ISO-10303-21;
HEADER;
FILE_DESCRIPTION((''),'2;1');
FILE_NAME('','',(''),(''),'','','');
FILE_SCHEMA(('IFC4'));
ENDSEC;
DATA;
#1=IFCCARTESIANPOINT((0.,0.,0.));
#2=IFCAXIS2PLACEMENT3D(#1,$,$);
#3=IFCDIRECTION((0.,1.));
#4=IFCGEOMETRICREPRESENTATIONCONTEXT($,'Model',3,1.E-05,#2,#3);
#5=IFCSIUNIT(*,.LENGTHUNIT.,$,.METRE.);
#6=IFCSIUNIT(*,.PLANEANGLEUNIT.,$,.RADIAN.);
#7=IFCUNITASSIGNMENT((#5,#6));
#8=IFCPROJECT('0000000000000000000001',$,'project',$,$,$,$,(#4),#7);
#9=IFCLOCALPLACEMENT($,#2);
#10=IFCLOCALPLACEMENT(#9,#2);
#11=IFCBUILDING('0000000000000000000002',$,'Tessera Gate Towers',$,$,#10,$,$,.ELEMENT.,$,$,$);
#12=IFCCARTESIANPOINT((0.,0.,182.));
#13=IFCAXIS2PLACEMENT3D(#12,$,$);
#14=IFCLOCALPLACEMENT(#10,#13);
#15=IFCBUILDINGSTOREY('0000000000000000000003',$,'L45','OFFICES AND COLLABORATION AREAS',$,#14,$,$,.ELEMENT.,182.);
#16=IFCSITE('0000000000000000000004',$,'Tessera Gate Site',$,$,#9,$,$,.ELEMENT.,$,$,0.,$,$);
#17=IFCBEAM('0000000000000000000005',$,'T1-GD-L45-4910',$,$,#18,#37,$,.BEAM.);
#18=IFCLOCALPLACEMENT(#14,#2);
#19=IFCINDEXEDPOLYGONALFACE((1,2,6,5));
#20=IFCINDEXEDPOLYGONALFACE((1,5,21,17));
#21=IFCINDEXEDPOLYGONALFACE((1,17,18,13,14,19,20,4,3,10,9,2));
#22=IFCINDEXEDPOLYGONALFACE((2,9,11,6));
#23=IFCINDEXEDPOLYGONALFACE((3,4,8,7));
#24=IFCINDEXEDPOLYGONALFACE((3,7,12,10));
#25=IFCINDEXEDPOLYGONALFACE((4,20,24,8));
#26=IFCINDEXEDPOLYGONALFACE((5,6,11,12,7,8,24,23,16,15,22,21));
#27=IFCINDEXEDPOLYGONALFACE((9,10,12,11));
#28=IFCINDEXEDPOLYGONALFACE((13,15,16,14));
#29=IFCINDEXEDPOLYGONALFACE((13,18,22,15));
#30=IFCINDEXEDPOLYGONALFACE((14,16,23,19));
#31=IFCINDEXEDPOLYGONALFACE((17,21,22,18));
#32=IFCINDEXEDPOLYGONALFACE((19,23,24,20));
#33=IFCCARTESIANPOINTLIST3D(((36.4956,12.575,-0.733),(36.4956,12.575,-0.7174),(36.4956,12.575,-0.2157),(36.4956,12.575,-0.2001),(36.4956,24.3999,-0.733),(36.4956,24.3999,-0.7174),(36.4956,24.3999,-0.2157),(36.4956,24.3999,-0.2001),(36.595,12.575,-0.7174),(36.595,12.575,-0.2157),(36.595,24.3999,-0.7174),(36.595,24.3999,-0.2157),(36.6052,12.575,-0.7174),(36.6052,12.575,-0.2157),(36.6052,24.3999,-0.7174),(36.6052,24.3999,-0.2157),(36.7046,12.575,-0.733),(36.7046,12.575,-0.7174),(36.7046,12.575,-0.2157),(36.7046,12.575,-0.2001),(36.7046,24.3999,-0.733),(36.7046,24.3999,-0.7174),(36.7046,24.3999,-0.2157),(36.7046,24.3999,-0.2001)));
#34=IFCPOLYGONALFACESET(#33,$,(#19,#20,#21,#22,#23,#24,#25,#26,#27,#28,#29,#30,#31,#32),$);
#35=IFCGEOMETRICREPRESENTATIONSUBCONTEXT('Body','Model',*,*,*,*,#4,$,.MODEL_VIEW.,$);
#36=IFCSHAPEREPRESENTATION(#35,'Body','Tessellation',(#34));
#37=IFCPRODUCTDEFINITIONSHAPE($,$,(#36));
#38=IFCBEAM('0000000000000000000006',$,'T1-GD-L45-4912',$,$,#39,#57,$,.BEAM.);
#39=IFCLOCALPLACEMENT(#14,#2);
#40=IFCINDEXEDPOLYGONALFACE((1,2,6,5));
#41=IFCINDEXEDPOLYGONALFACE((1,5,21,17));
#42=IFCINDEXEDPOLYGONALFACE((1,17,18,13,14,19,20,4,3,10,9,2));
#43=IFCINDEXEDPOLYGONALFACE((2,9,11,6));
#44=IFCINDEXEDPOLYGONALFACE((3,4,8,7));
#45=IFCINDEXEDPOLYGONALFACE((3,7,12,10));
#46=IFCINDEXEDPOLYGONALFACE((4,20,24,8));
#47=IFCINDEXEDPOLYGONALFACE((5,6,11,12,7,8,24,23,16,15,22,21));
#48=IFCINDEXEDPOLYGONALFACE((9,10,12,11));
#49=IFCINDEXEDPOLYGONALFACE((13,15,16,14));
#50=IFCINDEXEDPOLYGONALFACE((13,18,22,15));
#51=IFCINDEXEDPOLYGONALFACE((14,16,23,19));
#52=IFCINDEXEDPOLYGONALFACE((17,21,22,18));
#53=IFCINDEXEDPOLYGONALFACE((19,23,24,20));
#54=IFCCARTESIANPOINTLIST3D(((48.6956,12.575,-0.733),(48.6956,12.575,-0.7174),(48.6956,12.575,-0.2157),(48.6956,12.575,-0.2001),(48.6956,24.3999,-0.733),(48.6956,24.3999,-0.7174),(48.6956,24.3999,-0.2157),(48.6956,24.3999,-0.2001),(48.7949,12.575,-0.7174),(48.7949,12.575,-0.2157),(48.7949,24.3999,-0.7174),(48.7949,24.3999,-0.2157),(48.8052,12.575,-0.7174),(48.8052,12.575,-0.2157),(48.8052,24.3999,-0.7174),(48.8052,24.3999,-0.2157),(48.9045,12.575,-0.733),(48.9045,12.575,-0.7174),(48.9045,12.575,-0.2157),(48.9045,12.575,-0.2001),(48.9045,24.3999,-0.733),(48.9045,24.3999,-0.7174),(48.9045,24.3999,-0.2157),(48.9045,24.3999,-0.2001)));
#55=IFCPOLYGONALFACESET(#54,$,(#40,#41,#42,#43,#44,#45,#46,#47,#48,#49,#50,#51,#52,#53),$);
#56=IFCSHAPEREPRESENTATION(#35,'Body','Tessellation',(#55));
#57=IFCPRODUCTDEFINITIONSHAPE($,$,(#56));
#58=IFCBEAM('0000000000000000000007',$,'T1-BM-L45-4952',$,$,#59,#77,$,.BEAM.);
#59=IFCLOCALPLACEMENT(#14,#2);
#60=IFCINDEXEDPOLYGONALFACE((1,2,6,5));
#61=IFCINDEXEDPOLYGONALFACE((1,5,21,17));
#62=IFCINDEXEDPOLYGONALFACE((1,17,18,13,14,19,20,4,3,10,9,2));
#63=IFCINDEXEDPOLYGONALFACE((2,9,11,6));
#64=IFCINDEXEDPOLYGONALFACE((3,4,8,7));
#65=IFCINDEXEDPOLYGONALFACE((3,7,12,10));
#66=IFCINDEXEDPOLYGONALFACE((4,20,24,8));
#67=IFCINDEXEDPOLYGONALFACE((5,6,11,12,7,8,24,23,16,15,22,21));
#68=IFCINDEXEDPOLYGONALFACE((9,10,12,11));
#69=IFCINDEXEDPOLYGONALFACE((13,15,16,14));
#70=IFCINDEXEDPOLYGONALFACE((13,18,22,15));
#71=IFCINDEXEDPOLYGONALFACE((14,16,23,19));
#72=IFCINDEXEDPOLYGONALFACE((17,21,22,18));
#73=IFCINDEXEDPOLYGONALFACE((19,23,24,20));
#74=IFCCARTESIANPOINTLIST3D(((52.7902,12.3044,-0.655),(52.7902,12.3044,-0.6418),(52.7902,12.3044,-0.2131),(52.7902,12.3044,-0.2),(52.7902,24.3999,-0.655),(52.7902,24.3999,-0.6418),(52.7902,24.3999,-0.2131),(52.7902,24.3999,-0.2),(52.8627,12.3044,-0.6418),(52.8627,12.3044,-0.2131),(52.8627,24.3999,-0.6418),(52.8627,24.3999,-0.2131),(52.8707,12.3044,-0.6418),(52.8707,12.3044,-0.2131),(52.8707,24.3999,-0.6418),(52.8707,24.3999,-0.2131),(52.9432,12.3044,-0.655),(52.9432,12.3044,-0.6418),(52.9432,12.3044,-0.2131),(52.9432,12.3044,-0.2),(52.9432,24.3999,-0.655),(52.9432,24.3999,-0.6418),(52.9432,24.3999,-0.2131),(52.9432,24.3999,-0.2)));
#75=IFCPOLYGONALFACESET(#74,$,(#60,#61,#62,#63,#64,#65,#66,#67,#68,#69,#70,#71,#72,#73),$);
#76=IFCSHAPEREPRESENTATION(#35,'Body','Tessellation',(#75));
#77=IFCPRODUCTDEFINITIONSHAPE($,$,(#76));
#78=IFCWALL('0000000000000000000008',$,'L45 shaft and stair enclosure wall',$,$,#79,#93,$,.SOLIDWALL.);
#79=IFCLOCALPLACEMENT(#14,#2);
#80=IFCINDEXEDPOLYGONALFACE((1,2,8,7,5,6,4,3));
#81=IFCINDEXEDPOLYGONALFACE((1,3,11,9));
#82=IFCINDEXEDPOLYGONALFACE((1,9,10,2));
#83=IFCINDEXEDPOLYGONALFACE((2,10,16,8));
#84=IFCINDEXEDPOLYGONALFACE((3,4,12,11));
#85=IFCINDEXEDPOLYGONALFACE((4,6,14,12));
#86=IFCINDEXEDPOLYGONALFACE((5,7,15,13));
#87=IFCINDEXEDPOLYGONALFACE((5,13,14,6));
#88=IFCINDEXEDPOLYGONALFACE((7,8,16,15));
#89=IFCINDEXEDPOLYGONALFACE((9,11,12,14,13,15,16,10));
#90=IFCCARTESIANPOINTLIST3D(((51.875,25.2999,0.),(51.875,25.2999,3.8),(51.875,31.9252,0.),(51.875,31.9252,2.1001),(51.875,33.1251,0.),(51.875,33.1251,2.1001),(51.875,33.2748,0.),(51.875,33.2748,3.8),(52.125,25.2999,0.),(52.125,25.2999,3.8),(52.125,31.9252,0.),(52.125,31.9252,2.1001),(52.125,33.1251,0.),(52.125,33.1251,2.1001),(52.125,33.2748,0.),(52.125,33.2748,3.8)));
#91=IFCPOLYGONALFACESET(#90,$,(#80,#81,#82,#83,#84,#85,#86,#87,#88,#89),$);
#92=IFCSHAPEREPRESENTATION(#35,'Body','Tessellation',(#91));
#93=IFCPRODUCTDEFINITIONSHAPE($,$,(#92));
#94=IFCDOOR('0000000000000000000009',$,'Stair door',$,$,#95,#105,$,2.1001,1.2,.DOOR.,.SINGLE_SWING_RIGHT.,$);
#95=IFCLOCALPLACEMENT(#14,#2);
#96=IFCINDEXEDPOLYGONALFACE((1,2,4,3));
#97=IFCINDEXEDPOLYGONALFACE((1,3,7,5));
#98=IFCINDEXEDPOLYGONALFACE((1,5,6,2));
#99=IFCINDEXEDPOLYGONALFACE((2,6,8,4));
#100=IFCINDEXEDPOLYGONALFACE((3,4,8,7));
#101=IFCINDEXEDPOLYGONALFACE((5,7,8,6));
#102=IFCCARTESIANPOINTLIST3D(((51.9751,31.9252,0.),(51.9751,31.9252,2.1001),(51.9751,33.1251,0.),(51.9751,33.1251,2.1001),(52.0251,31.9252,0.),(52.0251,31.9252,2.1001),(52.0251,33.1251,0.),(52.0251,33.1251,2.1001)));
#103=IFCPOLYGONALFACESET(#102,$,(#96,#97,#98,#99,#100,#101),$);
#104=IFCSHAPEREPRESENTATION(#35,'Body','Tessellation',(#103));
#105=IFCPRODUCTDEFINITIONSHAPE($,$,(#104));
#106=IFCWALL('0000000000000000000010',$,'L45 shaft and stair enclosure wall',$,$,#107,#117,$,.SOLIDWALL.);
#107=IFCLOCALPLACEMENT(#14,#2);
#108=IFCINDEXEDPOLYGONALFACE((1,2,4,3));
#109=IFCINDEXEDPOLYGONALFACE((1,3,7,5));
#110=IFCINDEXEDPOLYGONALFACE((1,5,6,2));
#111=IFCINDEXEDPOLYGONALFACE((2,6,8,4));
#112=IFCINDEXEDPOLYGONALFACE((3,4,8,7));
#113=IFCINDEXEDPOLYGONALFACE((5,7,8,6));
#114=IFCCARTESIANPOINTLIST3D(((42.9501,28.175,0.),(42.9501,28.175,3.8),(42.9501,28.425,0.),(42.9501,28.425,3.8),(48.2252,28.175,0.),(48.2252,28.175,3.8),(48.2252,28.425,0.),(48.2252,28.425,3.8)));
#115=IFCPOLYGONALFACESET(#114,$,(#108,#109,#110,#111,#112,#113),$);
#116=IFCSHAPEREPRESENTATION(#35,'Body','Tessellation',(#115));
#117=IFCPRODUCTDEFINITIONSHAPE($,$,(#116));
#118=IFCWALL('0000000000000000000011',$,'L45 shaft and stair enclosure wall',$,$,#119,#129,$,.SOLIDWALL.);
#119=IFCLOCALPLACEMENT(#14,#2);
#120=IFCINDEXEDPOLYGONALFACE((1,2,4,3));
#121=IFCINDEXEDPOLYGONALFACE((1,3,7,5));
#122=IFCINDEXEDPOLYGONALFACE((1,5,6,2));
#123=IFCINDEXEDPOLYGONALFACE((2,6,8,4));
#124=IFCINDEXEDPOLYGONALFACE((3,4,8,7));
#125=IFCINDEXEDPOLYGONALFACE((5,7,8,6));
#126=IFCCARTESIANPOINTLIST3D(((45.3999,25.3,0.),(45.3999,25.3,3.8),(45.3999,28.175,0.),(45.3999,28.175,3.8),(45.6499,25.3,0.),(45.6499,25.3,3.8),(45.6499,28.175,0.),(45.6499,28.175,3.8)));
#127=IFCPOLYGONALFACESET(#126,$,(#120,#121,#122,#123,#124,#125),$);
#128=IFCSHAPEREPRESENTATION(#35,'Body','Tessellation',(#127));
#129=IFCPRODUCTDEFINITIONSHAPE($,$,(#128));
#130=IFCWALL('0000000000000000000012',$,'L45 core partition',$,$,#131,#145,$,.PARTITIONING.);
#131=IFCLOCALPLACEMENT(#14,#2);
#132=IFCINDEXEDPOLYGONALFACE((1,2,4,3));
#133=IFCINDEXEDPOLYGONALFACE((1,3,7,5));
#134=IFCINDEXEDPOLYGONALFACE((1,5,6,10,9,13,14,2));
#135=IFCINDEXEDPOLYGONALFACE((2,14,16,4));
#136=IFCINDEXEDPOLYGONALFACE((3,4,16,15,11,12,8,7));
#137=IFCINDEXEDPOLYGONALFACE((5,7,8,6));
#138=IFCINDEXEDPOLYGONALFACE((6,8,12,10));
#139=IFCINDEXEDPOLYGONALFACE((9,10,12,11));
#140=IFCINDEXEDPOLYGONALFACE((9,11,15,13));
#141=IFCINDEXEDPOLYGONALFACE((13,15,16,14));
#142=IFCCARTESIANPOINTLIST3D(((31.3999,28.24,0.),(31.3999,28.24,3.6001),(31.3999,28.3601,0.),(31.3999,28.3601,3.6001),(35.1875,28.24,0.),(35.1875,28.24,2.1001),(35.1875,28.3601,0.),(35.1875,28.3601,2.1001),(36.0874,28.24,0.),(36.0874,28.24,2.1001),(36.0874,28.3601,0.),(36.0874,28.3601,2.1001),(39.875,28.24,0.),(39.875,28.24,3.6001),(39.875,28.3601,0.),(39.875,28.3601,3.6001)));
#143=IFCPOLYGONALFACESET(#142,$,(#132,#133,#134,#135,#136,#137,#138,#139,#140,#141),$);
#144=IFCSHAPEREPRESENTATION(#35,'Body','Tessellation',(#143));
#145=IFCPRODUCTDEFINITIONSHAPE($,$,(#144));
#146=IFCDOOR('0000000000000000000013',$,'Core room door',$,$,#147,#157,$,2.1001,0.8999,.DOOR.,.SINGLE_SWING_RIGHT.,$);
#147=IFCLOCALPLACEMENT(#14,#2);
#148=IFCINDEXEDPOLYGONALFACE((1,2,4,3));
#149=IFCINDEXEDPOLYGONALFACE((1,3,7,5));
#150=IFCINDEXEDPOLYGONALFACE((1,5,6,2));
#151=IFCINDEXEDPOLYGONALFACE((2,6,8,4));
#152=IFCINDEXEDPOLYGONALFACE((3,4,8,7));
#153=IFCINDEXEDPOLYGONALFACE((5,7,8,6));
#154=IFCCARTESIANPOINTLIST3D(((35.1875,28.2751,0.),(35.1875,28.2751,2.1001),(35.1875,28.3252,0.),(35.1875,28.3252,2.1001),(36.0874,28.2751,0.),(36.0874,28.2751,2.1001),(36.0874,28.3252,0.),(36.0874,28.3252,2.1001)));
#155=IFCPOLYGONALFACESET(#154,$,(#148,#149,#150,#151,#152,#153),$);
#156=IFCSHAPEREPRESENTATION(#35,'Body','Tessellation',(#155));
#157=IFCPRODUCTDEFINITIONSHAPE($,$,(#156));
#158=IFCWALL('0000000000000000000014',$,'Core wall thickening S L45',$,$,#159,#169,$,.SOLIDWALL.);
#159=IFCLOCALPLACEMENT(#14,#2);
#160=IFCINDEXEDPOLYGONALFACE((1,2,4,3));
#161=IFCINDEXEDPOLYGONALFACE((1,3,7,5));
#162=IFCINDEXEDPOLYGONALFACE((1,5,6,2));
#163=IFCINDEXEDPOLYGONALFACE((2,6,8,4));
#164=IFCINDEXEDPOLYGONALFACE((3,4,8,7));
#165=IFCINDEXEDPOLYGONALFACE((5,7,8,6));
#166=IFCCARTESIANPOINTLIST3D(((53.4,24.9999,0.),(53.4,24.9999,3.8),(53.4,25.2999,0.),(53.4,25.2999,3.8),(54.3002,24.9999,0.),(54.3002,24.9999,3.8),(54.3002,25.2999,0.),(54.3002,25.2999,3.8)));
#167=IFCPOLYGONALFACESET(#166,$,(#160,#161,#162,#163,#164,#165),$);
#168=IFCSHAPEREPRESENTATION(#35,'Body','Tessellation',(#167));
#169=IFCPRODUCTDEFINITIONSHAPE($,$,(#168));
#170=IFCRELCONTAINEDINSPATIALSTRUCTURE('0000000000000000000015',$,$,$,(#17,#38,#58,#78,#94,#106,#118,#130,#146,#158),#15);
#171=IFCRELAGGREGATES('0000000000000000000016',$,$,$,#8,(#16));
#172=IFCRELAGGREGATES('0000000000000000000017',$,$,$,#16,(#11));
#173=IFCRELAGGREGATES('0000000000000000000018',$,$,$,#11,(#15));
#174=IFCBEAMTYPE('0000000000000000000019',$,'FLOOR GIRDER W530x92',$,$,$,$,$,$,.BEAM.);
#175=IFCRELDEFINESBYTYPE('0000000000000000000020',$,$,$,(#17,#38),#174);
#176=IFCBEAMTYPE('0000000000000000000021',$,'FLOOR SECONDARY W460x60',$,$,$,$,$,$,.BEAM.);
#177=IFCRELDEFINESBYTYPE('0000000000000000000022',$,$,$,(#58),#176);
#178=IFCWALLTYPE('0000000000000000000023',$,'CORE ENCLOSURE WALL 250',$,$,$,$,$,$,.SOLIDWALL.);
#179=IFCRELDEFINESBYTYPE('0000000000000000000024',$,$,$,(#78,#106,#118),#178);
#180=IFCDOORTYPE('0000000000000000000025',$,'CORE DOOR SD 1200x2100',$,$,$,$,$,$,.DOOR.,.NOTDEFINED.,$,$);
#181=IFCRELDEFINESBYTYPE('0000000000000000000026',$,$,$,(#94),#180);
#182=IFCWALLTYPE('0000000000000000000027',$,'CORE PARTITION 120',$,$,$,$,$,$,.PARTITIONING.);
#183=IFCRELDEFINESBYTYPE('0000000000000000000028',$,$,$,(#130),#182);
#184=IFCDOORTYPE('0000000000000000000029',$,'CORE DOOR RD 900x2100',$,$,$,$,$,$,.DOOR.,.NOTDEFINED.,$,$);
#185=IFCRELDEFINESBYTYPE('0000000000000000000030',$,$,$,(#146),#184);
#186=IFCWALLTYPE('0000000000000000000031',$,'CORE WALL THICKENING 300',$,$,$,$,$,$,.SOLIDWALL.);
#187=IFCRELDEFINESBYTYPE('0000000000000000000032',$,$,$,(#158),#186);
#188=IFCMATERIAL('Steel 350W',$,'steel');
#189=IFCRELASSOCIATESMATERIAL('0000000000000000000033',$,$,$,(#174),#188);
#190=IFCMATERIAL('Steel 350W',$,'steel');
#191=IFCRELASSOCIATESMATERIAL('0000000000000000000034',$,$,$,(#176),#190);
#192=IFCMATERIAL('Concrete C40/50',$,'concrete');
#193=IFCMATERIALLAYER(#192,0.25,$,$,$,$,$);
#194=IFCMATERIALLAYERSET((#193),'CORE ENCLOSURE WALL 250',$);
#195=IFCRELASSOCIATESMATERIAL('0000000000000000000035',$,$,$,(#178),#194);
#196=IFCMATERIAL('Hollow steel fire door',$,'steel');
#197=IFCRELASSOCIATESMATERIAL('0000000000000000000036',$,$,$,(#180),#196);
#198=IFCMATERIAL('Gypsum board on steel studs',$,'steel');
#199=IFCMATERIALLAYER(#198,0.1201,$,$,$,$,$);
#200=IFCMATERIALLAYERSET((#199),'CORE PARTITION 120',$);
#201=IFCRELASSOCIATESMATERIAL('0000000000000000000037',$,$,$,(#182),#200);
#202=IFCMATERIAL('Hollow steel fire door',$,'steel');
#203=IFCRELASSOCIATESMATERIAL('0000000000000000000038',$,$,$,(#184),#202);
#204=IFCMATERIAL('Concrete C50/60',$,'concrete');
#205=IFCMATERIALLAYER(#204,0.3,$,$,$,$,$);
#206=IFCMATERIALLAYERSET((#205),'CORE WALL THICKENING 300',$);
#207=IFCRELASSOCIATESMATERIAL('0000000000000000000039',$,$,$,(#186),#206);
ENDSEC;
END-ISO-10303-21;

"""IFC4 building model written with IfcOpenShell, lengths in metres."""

from ifc_helpers import new_model, si_unit, direction, frame, frame_2d, origin, origin_2d, place, context, subcontext, project, spatial, rectangle, i_section, extrude, source, transform, mapped, material, layer, layer_set, material_profile, profile_set, type_object, element, fill, save


model = new_model("IFC4")

# Units and contexts
model_context = context("Model", 3, precision=1e-05, world=origin(), true_north=direction((0.0, 1.0)))
body_context = subcontext(model_context, "Body", "Model", "MODEL_VIEW")
ifc_project = project(units=[si_unit("LENGTHUNIT", "METRE"), si_unit("PLANEANGLEUNIT", "RADIAN")], contexts=[model_context])

# Site, building, storey
site_placement = place(None, origin())
site = spatial("IfcSite", under=ifc_project, at=site_placement, Name="Tessera Gate Site", CompositionType="ELEMENT", RefElevation=0.0)
building_placement = place(site_placement, origin())
building = spatial("IfcBuilding", under=site, at=building_placement, Name="Tessera Gate Towers", CompositionType="ELEMENT")
storey_placement = place(building_placement, frame((0.0, 0.0, 182.0)))
storey = spatial("IfcBuildingStorey", under=building, at=storey_placement, Name="L45", Description="OFFICES AND COLLABORATION AREAS", CompositionType="ELEMENT", Elevation=182.0)

# Beams
ifc_material_1 = material(Name="Steel 350W", Category="steel")
ifc_material_profile_1 = material_profile(ifc_material_1, i_section(OverallWidth=0.209, OverallDepth=0.533, WebThickness=0.0103, FlangeThickness=0.0156, at=origin_2d()), Name="W530x92")
ifc_profile_set_1 = profile_set([ifc_material_profile_1], Name="Steel 350W")
beam_type_1 = type_object("IfcBeamType", Name="FLOOR GIRDER W530x92", PredefinedType="BEAM", material=ifc_profile_set_1)
for number, where, z_axis, x_axis, name in (
    (1, (36.6001, 12.575, -0.4666), (0.0, 1.0, 0.0), (-1.0, 0.0, 0.0), "T1-GD-L45-4910"),
    (2, (48.8, 12.575, -0.4666), (0.0, 1.0, 0.0), (-1.0, 0.0, 0.0), "T1-GD-L45-4912"),
):
    element("IfcBeam", number, at=place(storey_placement, frame(where, z_axis=z_axis, x_axis=x_axis)), inside=storey, type_object=beam_type_1, Name=name, PredefinedType="BEAM", context=body_context, shape_type="SweptSolid", body=[
        extrude(i_section(OverallWidth=0.209, OverallDepth=0.533, WebThickness=0.0103, FlangeThickness=0.0156, at=origin_2d()), origin(), (0.0, 0.0, 1.0), 11.825),
    ])
ifc_material_2 = material(Name="Steel 350W", Category="steel")
ifc_material_profile_2 = material_profile(ifc_material_2, i_section(OverallWidth=0.1531, OverallDepth=0.4551, WebThickness=0.0081, FlangeThickness=0.0132, at=origin_2d()), Name="W460x60")
ifc_profile_set_2 = profile_set([ifc_material_profile_2], Name="Steel 350W")
beam_type_2 = type_object("IfcBeamType", Name="FLOOR SECONDARY W460x60", PredefinedType="BEAM", material=ifc_profile_set_2)
beam_placement = place(storey_placement, frame((52.8667, 12.3044, -0.4275), z_axis=(0.0, 1.0, 0.0), x_axis=(-1.0, 0.0, 0.0)))
element("IfcBeam", 3, at=beam_placement, inside=storey, type_object=beam_type_2, Name="T1-BM-L45-4952", PredefinedType="BEAM", context=body_context, shape_type="SweptSolid", body=[
    extrude(i_section(OverallWidth=0.1531, OverallDepth=0.4551, WebThickness=0.0081, FlangeThickness=0.0132, at=origin_2d()), origin(), (0.0, 0.0, 1.0), 12.0955),
])

# Wall, opening, door
ifc_material_3 = material(Name="Concrete C40/50", Category="concrete")
ifc_layer_1 = layer(ifc_material_3, 0.25)
ifc_layer_set_1 = layer_set([ifc_layer_1], Name="CORE ENCLOSURE WALL 250")
wall_type_1 = type_object("IfcWallType", Name="CORE ENCLOSURE WALL 250", PredefinedType="SOLIDWALL", material=ifc_layer_set_1)
wall_1_placement = place(storey_placement, frame((52.0, 25.3, 0.0), z_axis=(0.0, 0.0, 1.0), x_axis=(0.0, 1.0, 0.0)))
wall_1 = element("IfcWall", 4, at=wall_1_placement, inside=storey, type_object=wall_type_1, Name="L45 shaft and stair enclosure wall", PredefinedType="SOLIDWALL", context=body_context, shape_type="SweptSolid", body=[
    extrude(rectangle(XDim=7.9749, YDim=0.25, at=frame_2d((3.9873, 0.0))), origin(), (0.0, 0.0, 1.0), 3.8),
])
shared_shape_1 = source(origin(), body_context, "Body", "SweptSolid", [
    extrude(rectangle(XDim=1.2, YDim=2.1001, at=frame_2d((0.6001, 1.05))), frame((0.0, 0.135, 0.0), z_axis=(0.0, -1.0, 0.0), x_axis=(1.0, 0.0, 0.0)), (0.0, 0.0, 1.0), 0.27),
])
opening_1_placement = place(wall_1_placement, frame((6.625, 0.0, 0.0)))
opening_1 = element("IfcOpeningElement", 5, at=opening_1_placement, cuts=wall_1, PredefinedType="OPENING", context=body_context, shape_type="MappedRepresentation", body=[
    mapped(shared_shape_1, transform((0.0, 0.0, 0.0), scale=1.0)),
])
ifc_material_4 = material(Name="Hollow steel fire door", Category="steel")
door_type_1 = type_object("IfcDoorType", Name="CORE DOOR SD 1200x2100", OperationType="NOTDEFINED", PredefinedType="DOOR", material=ifc_material_4)
shared_shape_2 = source(origin(), body_context, "Body", "SweptSolid", [
    extrude(rectangle(XDim=1.2, YDim=2.1001, at=frame_2d((0.6001, 1.05))), frame((0.0, 0.0249, 0.0), z_axis=(0.0, -1.0, 0.0), x_axis=(1.0, 0.0, 0.0)), (0.0, 0.0, 1.0), 0.05),
])
door_1_placement = place(opening_1_placement, origin())
door_1 = element("IfcDoor", 6, at=door_1_placement, inside=storey, type_object=door_type_1, Name="Stair door", OperationType="SINGLE_SWING_RIGHT", OverallHeight=2.1001, OverallWidth=1.2, PredefinedType="DOOR", context=body_context, shape_type="MappedRepresentation", body=[
    mapped(shared_shape_2, transform((0.0, 0.0, 0.0), scale=1.0)),
])
fill(opening_1, door_1)

# Walls
wall_2_placement = place(storey_placement, frame((42.95, 28.3, 0.0), z_axis=(0.0, 0.0, 1.0), x_axis=(1.0, 0.0, 0.0)))
element("IfcWall", 7, at=wall_2_placement, inside=storey, type_object=wall_type_1, Name="L45 shaft and stair enclosure wall", PredefinedType="SOLIDWALL", context=body_context, shape_type="SweptSolid", body=[
    extrude(rectangle(XDim=5.2751, YDim=0.25, at=frame_2d((2.6377, 0.0))), origin(), (0.0, 0.0, 1.0), 3.8),
])
wall_3_placement = place(storey_placement, frame((45.5249, 25.3, 0.0), z_axis=(0.0, 0.0, 1.0), x_axis=(0.0, 1.0, 0.0)))
element("IfcWall", 8, at=wall_3_placement, inside=storey, type_object=wall_type_1, Name="L45 shaft and stair enclosure wall", PredefinedType="SOLIDWALL", context=body_context, shape_type="SweptSolid", body=[
    extrude(rectangle(XDim=2.875, YDim=0.25, at=frame_2d((1.4375, 0.0))), origin(), (0.0, 0.0, 1.0), 3.8),
])

# Wall, opening, door
ifc_material_5 = material(Name="Gypsum board on steel studs", Category="steel")
ifc_layer_2 = layer(ifc_material_5, 0.1201)
ifc_layer_set_2 = layer_set([ifc_layer_2], Name="CORE PARTITION 120")
wall_type_2 = type_object("IfcWallType", Name="CORE PARTITION 120", PredefinedType="PARTITIONING", material=ifc_layer_set_2)
wall_4_placement = place(storey_placement, frame((39.875, 28.3, 0.0), z_axis=(0.0, 0.0, 1.0), x_axis=(-1.0, 0.0, 0.0)))
wall_4 = element("IfcWall", 9, at=wall_4_placement, inside=storey, type_object=wall_type_2, Name="L45 core partition", PredefinedType="PARTITIONING", context=body_context, shape_type="SweptSolid", body=[
    extrude(rectangle(XDim=8.4751, YDim=0.1201, at=frame_2d((4.2375, 0.0))), origin(), (0.0, 0.0, 1.0), 3.6001),
])
shared_shape_3 = source(origin(), body_context, "Body", "SweptSolid", [
    extrude(rectangle(XDim=0.8999, YDim=2.1001, at=frame_2d((0.45, 1.05))), frame((0.0, 0.0701, 0.0), z_axis=(0.0, -1.0, 0.0), x_axis=(1.0, 0.0, 0.0)), (0.0, 0.0, 1.0), 0.1401),
])
opening_2_placement = place(wall_4_placement, frame((3.7876, 0.0, 0.0)))
opening_2 = element("IfcOpeningElement", 10, at=opening_2_placement, cuts=wall_4, PredefinedType="OPENING", context=body_context, shape_type="MappedRepresentation", body=[
    mapped(shared_shape_3, transform((0.0, 0.0, 0.0), scale=1.0)),
])
ifc_material_6 = material(Name="Hollow steel fire door", Category="steel")
door_type_2 = type_object("IfcDoorType", Name="CORE DOOR RD 900x2100", OperationType="NOTDEFINED", PredefinedType="DOOR", material=ifc_material_6)
shared_shape_4 = source(origin(), body_context, "Body", "SweptSolid", [
    extrude(rectangle(XDim=0.8999, YDim=2.1001, at=frame_2d((0.45, 1.05))), frame((0.0, 0.0249, 0.0), z_axis=(0.0, -1.0, 0.0), x_axis=(1.0, 0.0, 0.0)), (0.0, 0.0, 1.0), 0.05),
])
door_2_placement = place(opening_2_placement, origin())
door_2 = element("IfcDoor", 11, at=door_2_placement, inside=storey, type_object=door_type_2, Name="Core room door", OperationType="SINGLE_SWING_RIGHT", OverallHeight=2.1001, OverallWidth=0.8999, PredefinedType="DOOR", context=body_context, shape_type="MappedRepresentation", body=[
    mapped(shared_shape_4, transform((0.0, 0.0, 0.0), scale=1.0)),
])
fill(opening_2, door_2)

# Wall
ifc_material_7 = material(Name="Concrete C50/60", Category="concrete")
ifc_layer_3 = layer(ifc_material_7, 0.3)
ifc_layer_set_3 = layer_set([ifc_layer_3], Name="CORE WALL THICKENING 300")
wall_type_3 = type_object("IfcWallType", Name="CORE WALL THICKENING 300", PredefinedType="SOLIDWALL", material=ifc_layer_set_3)
wall_5_placement = place(storey_placement, frame((53.3999, 25.1499, 0.0), z_axis=(0.0, 0.0, 1.0), x_axis=(1.0, 0.0, 0.0)))
element("IfcWall", 12, at=wall_5_placement, inside=storey, type_object=wall_type_3, Name="Core wall thickening S L45", PredefinedType="SOLIDWALL", context=body_context, shape_type="SweptSolid", body=[
    extrude(rectangle(XDim=0.9001, YDim=0.3, at=frame_2d((0.4502, 0.0))), origin(), (0.0, 0.0, 1.0), 3.8),
])

save(model, "model.ifc")
